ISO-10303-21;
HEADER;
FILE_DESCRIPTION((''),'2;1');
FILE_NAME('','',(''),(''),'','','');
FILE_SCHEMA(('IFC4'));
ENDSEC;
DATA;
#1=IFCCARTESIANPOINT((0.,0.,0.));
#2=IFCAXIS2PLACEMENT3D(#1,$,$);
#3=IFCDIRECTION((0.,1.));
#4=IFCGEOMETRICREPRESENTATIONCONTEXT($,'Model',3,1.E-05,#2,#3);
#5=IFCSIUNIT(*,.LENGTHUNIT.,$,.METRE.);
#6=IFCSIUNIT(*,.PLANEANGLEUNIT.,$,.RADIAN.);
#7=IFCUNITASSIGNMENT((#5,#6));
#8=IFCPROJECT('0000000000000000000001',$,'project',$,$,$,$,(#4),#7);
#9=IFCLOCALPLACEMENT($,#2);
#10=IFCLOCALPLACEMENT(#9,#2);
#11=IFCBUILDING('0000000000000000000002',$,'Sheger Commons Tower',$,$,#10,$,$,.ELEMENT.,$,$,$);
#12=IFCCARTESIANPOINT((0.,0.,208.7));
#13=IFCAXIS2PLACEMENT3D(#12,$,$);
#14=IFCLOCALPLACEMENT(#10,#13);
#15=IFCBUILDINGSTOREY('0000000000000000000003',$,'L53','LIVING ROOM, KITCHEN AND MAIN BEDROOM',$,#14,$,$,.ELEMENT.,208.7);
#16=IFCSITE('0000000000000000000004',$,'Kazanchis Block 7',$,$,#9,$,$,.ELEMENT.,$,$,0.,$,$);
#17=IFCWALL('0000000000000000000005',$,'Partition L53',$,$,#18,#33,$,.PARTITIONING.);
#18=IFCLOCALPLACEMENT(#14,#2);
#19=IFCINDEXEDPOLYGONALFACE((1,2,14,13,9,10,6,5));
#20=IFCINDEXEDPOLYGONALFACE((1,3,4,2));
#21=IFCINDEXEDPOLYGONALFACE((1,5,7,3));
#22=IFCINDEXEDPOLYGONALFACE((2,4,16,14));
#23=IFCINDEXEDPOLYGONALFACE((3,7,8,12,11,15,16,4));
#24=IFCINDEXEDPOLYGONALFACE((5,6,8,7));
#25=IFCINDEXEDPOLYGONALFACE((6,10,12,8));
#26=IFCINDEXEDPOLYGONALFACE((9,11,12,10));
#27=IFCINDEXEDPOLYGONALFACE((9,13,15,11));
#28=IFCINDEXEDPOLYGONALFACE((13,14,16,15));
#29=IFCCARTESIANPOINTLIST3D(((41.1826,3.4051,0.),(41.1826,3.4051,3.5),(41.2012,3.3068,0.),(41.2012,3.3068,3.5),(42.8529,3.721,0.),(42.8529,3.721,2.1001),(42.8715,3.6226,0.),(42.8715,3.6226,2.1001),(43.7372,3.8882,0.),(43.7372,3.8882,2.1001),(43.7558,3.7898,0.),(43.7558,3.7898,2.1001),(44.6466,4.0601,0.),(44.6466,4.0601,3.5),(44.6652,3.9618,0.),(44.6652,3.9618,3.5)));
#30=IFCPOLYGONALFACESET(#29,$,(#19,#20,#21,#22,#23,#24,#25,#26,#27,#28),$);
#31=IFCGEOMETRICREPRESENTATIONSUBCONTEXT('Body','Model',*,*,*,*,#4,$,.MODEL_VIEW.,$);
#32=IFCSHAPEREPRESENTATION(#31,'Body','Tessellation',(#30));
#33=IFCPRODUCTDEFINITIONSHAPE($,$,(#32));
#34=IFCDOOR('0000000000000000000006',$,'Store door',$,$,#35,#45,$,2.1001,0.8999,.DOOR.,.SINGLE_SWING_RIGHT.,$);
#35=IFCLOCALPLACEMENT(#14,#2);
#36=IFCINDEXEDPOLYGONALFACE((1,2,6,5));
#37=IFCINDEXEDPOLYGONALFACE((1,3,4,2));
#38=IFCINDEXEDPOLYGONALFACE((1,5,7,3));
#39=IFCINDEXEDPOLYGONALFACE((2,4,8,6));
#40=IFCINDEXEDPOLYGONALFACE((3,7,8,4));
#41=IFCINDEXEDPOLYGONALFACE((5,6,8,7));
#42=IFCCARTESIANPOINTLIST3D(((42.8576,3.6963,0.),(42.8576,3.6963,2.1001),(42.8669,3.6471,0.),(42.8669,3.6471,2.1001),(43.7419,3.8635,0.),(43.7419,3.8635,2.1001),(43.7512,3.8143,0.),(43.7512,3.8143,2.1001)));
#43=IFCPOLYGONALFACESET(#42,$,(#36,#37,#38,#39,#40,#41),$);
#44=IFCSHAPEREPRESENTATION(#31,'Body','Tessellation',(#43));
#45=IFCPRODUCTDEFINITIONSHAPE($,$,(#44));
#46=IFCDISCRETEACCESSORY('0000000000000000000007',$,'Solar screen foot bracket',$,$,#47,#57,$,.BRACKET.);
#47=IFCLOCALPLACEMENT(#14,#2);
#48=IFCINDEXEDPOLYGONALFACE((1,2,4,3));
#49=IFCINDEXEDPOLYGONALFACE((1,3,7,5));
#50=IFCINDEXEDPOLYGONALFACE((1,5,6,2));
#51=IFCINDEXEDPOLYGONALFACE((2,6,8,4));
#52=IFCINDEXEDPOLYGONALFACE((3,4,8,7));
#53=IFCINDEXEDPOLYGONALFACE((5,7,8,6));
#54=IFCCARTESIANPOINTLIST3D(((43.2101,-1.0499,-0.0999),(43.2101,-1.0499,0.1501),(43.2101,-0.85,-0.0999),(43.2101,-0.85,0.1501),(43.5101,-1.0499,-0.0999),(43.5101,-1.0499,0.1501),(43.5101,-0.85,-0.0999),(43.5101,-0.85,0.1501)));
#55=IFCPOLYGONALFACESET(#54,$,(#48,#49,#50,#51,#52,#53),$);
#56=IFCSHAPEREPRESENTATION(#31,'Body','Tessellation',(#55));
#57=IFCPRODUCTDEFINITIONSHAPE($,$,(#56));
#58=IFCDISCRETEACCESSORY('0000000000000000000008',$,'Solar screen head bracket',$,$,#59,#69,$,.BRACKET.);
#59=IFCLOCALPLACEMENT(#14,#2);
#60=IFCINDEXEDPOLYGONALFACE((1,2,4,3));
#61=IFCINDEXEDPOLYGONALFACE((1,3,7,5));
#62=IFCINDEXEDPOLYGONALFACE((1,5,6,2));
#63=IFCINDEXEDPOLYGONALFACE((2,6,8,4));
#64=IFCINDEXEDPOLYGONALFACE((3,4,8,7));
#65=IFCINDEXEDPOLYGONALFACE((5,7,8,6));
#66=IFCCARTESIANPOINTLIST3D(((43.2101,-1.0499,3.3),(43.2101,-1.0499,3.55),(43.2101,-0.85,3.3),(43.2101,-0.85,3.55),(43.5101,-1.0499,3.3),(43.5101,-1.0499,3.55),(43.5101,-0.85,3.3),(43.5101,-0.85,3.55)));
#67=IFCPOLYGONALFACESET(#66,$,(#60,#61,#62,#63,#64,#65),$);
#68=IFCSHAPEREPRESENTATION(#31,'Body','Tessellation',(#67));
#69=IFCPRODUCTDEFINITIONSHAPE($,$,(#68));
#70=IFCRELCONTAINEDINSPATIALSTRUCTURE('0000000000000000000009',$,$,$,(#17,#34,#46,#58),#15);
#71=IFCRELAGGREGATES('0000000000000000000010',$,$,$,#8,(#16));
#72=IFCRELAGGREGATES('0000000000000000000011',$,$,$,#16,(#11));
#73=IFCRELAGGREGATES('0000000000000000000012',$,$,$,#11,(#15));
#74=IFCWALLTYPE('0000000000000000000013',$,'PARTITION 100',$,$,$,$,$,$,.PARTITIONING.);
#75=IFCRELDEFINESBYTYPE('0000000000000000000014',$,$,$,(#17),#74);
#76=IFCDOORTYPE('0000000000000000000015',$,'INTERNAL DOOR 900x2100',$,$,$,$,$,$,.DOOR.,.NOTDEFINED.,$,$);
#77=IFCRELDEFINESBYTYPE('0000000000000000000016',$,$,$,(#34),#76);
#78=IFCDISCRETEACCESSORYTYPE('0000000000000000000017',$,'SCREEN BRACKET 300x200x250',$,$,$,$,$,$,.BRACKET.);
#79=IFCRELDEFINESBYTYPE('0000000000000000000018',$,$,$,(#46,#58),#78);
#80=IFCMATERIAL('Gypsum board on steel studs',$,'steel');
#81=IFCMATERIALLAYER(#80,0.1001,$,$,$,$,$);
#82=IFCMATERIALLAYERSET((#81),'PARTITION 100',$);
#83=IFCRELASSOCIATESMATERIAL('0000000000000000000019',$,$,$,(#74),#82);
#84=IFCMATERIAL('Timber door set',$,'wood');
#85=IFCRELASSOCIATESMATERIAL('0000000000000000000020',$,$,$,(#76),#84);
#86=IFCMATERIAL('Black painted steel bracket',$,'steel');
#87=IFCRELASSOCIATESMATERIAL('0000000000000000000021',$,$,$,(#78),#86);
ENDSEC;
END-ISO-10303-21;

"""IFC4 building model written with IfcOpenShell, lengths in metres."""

from ifc_helpers import new_model, si_unit, direction, frame, frame_2d, origin, origin_2d, place, context, subcontext, project, spatial, rectangle, extrude, material, layer, layer_set, type_object, element, fill, save


model = new_model("IFC4")

# Units and contexts
model_context = context("Model", 3, precision=1e-05, world=origin(), true_north=direction((0.0, 1.0)))
body_context = subcontext(model_context, "Body", "Model", "MODEL_VIEW")
ifc_project = project(units=[si_unit("LENGTHUNIT", "METRE"), si_unit("PLANEANGLEUNIT", "RADIAN")], contexts=[model_context])

# Site, building, storey
site_placement = place(None, origin())
site = spatial("IfcSite", under=ifc_project, at=site_placement, Name="Kazanchis Block 7", CompositionType="ELEMENT", RefElevation=0.0)
building_placement = place(site_placement, origin())
building = spatial("IfcBuilding", under=site, at=building_placement, Name="Sheger Commons Tower", CompositionType="ELEMENT")
storey_placement = place(building_placement, frame((0.0, 0.0, 208.7)))
storey = spatial("IfcBuildingStorey", under=building, at=storey_placement, Name="L53", Description="LIVING ROOM, KITCHEN AND MAIN BEDROOM", CompositionType="ELEMENT", Elevation=208.7)

# Shared definitions
ifc_material_1 = material(Name="Gypsum board on steel studs", Category="steel")
ifc_layer_1 = layer(ifc_material_1, 0.1001)
ifc_layer_set_1 = layer_set([ifc_layer_1], Name="PARTITION 100")
wall_type_1 = type_object("IfcWallType", Name="PARTITION 100", PredefinedType="PARTITIONING", material=ifc_layer_set_1)
ifc_material_2 = material(Name="Timber door set", Category="wood")
door_type = type_object("IfcDoorType", Name="INTERNAL DOOR 900x2100", OperationType="NOTDEFINED", PredefinedType="DOOR", material=ifc_material_2)

# Wall, opening, door
wall_1_placement = place(storey_placement, frame((41.1919, 3.356, 0.0), z_axis=(0.0, 0.0, 1.0), x_axis=(0.982588, 0.185798, 0.0)))
wall_1 = element("IfcWall", 1, at=wall_1_placement, inside=storey, type_object=wall_type_1, Name="Partition L53", PredefinedType="PARTITIONING", context=body_context, shape_type="SweptSolid", body=[
    extrude(rectangle(XDim=3.5254, YDim=0.1001, at=frame_2d((1.7627, 0.0))), origin(), (0.0, 0.0, 1.0), 3.5),
])
opening_1_placement = place(wall_1_placement, frame((1.7, 0.0, 0.0)))
opening_1 = element("IfcOpeningElement", 2, at=opening_1_placement, cuts=wall_1, PredefinedType="OPENING", context=body_context, shape_type="SweptSolid", body=[
    extrude(rectangle(XDim=0.8999, YDim=2.1001, at=frame_2d((0.45, 1.05))), frame((0.0, 0.0601, 0.0), z_axis=(0.0, -1.0, 0.0), x_axis=(1.0, 0.0, 0.0)), (0.0, 0.0, 1.0), 0.1201),
])
door_1_placement = place(opening_1_placement, origin())
door_1 = element("IfcDoor", 3, at=door_1_placement, inside=storey, type_object=door_type, Name="Store door", OperationType="SINGLE_SWING_RIGHT", OverallHeight=2.1001, OverallWidth=0.8999, PredefinedType="DOOR", context=body_context, shape_type="SweptSolid", body=[
    extrude(rectangle(XDim=0.8999, YDim=2.1001, at=frame_2d((0.45, 1.05))), frame((0.0, 0.0249, 0.0), z_axis=(0.0, -1.0, 0.0), x_axis=(1.0, 0.0, 0.0)), (0.0, 0.0, 1.0), 0.05),
])
fill(opening_1, door_1)

# Discrete accessories
ifc_material_3 = material(Name="Black painted steel bracket", Category="steel")
discrete_accessory_type = type_object("IfcDiscreteAccessoryType", Name="SCREEN BRACKET 300x200x250", PredefinedType="BRACKET", material=ifc_material_3)
for number, where, z_axis, x_axis, name in (
    (4, (43.3601, -0.95, -0.0999), (0.0, 0.0, 1.0), (1.0, 0.0, 0.0), "Solar screen foot bracket"),
    (5, (43.3601, -0.95, 3.3), (0.0, 0.0, 1.0), (1.0, 0.0, 0.0), "Solar screen head bracket"),
):
    element("IfcDiscreteAccessory", number, at=place(storey_placement, frame(where, z_axis=z_axis, x_axis=x_axis)), inside=storey, type_object=discrete_accessory_type, Name=name, PredefinedType="BRACKET", context=body_context, shape_type="SweptSolid", body=[
        extrude(rectangle(XDim=0.3, YDim=0.2, at=origin_2d()), origin(), (0.0, 0.0, 1.0), 0.25),
    ])

save(model, "model.ifc")
